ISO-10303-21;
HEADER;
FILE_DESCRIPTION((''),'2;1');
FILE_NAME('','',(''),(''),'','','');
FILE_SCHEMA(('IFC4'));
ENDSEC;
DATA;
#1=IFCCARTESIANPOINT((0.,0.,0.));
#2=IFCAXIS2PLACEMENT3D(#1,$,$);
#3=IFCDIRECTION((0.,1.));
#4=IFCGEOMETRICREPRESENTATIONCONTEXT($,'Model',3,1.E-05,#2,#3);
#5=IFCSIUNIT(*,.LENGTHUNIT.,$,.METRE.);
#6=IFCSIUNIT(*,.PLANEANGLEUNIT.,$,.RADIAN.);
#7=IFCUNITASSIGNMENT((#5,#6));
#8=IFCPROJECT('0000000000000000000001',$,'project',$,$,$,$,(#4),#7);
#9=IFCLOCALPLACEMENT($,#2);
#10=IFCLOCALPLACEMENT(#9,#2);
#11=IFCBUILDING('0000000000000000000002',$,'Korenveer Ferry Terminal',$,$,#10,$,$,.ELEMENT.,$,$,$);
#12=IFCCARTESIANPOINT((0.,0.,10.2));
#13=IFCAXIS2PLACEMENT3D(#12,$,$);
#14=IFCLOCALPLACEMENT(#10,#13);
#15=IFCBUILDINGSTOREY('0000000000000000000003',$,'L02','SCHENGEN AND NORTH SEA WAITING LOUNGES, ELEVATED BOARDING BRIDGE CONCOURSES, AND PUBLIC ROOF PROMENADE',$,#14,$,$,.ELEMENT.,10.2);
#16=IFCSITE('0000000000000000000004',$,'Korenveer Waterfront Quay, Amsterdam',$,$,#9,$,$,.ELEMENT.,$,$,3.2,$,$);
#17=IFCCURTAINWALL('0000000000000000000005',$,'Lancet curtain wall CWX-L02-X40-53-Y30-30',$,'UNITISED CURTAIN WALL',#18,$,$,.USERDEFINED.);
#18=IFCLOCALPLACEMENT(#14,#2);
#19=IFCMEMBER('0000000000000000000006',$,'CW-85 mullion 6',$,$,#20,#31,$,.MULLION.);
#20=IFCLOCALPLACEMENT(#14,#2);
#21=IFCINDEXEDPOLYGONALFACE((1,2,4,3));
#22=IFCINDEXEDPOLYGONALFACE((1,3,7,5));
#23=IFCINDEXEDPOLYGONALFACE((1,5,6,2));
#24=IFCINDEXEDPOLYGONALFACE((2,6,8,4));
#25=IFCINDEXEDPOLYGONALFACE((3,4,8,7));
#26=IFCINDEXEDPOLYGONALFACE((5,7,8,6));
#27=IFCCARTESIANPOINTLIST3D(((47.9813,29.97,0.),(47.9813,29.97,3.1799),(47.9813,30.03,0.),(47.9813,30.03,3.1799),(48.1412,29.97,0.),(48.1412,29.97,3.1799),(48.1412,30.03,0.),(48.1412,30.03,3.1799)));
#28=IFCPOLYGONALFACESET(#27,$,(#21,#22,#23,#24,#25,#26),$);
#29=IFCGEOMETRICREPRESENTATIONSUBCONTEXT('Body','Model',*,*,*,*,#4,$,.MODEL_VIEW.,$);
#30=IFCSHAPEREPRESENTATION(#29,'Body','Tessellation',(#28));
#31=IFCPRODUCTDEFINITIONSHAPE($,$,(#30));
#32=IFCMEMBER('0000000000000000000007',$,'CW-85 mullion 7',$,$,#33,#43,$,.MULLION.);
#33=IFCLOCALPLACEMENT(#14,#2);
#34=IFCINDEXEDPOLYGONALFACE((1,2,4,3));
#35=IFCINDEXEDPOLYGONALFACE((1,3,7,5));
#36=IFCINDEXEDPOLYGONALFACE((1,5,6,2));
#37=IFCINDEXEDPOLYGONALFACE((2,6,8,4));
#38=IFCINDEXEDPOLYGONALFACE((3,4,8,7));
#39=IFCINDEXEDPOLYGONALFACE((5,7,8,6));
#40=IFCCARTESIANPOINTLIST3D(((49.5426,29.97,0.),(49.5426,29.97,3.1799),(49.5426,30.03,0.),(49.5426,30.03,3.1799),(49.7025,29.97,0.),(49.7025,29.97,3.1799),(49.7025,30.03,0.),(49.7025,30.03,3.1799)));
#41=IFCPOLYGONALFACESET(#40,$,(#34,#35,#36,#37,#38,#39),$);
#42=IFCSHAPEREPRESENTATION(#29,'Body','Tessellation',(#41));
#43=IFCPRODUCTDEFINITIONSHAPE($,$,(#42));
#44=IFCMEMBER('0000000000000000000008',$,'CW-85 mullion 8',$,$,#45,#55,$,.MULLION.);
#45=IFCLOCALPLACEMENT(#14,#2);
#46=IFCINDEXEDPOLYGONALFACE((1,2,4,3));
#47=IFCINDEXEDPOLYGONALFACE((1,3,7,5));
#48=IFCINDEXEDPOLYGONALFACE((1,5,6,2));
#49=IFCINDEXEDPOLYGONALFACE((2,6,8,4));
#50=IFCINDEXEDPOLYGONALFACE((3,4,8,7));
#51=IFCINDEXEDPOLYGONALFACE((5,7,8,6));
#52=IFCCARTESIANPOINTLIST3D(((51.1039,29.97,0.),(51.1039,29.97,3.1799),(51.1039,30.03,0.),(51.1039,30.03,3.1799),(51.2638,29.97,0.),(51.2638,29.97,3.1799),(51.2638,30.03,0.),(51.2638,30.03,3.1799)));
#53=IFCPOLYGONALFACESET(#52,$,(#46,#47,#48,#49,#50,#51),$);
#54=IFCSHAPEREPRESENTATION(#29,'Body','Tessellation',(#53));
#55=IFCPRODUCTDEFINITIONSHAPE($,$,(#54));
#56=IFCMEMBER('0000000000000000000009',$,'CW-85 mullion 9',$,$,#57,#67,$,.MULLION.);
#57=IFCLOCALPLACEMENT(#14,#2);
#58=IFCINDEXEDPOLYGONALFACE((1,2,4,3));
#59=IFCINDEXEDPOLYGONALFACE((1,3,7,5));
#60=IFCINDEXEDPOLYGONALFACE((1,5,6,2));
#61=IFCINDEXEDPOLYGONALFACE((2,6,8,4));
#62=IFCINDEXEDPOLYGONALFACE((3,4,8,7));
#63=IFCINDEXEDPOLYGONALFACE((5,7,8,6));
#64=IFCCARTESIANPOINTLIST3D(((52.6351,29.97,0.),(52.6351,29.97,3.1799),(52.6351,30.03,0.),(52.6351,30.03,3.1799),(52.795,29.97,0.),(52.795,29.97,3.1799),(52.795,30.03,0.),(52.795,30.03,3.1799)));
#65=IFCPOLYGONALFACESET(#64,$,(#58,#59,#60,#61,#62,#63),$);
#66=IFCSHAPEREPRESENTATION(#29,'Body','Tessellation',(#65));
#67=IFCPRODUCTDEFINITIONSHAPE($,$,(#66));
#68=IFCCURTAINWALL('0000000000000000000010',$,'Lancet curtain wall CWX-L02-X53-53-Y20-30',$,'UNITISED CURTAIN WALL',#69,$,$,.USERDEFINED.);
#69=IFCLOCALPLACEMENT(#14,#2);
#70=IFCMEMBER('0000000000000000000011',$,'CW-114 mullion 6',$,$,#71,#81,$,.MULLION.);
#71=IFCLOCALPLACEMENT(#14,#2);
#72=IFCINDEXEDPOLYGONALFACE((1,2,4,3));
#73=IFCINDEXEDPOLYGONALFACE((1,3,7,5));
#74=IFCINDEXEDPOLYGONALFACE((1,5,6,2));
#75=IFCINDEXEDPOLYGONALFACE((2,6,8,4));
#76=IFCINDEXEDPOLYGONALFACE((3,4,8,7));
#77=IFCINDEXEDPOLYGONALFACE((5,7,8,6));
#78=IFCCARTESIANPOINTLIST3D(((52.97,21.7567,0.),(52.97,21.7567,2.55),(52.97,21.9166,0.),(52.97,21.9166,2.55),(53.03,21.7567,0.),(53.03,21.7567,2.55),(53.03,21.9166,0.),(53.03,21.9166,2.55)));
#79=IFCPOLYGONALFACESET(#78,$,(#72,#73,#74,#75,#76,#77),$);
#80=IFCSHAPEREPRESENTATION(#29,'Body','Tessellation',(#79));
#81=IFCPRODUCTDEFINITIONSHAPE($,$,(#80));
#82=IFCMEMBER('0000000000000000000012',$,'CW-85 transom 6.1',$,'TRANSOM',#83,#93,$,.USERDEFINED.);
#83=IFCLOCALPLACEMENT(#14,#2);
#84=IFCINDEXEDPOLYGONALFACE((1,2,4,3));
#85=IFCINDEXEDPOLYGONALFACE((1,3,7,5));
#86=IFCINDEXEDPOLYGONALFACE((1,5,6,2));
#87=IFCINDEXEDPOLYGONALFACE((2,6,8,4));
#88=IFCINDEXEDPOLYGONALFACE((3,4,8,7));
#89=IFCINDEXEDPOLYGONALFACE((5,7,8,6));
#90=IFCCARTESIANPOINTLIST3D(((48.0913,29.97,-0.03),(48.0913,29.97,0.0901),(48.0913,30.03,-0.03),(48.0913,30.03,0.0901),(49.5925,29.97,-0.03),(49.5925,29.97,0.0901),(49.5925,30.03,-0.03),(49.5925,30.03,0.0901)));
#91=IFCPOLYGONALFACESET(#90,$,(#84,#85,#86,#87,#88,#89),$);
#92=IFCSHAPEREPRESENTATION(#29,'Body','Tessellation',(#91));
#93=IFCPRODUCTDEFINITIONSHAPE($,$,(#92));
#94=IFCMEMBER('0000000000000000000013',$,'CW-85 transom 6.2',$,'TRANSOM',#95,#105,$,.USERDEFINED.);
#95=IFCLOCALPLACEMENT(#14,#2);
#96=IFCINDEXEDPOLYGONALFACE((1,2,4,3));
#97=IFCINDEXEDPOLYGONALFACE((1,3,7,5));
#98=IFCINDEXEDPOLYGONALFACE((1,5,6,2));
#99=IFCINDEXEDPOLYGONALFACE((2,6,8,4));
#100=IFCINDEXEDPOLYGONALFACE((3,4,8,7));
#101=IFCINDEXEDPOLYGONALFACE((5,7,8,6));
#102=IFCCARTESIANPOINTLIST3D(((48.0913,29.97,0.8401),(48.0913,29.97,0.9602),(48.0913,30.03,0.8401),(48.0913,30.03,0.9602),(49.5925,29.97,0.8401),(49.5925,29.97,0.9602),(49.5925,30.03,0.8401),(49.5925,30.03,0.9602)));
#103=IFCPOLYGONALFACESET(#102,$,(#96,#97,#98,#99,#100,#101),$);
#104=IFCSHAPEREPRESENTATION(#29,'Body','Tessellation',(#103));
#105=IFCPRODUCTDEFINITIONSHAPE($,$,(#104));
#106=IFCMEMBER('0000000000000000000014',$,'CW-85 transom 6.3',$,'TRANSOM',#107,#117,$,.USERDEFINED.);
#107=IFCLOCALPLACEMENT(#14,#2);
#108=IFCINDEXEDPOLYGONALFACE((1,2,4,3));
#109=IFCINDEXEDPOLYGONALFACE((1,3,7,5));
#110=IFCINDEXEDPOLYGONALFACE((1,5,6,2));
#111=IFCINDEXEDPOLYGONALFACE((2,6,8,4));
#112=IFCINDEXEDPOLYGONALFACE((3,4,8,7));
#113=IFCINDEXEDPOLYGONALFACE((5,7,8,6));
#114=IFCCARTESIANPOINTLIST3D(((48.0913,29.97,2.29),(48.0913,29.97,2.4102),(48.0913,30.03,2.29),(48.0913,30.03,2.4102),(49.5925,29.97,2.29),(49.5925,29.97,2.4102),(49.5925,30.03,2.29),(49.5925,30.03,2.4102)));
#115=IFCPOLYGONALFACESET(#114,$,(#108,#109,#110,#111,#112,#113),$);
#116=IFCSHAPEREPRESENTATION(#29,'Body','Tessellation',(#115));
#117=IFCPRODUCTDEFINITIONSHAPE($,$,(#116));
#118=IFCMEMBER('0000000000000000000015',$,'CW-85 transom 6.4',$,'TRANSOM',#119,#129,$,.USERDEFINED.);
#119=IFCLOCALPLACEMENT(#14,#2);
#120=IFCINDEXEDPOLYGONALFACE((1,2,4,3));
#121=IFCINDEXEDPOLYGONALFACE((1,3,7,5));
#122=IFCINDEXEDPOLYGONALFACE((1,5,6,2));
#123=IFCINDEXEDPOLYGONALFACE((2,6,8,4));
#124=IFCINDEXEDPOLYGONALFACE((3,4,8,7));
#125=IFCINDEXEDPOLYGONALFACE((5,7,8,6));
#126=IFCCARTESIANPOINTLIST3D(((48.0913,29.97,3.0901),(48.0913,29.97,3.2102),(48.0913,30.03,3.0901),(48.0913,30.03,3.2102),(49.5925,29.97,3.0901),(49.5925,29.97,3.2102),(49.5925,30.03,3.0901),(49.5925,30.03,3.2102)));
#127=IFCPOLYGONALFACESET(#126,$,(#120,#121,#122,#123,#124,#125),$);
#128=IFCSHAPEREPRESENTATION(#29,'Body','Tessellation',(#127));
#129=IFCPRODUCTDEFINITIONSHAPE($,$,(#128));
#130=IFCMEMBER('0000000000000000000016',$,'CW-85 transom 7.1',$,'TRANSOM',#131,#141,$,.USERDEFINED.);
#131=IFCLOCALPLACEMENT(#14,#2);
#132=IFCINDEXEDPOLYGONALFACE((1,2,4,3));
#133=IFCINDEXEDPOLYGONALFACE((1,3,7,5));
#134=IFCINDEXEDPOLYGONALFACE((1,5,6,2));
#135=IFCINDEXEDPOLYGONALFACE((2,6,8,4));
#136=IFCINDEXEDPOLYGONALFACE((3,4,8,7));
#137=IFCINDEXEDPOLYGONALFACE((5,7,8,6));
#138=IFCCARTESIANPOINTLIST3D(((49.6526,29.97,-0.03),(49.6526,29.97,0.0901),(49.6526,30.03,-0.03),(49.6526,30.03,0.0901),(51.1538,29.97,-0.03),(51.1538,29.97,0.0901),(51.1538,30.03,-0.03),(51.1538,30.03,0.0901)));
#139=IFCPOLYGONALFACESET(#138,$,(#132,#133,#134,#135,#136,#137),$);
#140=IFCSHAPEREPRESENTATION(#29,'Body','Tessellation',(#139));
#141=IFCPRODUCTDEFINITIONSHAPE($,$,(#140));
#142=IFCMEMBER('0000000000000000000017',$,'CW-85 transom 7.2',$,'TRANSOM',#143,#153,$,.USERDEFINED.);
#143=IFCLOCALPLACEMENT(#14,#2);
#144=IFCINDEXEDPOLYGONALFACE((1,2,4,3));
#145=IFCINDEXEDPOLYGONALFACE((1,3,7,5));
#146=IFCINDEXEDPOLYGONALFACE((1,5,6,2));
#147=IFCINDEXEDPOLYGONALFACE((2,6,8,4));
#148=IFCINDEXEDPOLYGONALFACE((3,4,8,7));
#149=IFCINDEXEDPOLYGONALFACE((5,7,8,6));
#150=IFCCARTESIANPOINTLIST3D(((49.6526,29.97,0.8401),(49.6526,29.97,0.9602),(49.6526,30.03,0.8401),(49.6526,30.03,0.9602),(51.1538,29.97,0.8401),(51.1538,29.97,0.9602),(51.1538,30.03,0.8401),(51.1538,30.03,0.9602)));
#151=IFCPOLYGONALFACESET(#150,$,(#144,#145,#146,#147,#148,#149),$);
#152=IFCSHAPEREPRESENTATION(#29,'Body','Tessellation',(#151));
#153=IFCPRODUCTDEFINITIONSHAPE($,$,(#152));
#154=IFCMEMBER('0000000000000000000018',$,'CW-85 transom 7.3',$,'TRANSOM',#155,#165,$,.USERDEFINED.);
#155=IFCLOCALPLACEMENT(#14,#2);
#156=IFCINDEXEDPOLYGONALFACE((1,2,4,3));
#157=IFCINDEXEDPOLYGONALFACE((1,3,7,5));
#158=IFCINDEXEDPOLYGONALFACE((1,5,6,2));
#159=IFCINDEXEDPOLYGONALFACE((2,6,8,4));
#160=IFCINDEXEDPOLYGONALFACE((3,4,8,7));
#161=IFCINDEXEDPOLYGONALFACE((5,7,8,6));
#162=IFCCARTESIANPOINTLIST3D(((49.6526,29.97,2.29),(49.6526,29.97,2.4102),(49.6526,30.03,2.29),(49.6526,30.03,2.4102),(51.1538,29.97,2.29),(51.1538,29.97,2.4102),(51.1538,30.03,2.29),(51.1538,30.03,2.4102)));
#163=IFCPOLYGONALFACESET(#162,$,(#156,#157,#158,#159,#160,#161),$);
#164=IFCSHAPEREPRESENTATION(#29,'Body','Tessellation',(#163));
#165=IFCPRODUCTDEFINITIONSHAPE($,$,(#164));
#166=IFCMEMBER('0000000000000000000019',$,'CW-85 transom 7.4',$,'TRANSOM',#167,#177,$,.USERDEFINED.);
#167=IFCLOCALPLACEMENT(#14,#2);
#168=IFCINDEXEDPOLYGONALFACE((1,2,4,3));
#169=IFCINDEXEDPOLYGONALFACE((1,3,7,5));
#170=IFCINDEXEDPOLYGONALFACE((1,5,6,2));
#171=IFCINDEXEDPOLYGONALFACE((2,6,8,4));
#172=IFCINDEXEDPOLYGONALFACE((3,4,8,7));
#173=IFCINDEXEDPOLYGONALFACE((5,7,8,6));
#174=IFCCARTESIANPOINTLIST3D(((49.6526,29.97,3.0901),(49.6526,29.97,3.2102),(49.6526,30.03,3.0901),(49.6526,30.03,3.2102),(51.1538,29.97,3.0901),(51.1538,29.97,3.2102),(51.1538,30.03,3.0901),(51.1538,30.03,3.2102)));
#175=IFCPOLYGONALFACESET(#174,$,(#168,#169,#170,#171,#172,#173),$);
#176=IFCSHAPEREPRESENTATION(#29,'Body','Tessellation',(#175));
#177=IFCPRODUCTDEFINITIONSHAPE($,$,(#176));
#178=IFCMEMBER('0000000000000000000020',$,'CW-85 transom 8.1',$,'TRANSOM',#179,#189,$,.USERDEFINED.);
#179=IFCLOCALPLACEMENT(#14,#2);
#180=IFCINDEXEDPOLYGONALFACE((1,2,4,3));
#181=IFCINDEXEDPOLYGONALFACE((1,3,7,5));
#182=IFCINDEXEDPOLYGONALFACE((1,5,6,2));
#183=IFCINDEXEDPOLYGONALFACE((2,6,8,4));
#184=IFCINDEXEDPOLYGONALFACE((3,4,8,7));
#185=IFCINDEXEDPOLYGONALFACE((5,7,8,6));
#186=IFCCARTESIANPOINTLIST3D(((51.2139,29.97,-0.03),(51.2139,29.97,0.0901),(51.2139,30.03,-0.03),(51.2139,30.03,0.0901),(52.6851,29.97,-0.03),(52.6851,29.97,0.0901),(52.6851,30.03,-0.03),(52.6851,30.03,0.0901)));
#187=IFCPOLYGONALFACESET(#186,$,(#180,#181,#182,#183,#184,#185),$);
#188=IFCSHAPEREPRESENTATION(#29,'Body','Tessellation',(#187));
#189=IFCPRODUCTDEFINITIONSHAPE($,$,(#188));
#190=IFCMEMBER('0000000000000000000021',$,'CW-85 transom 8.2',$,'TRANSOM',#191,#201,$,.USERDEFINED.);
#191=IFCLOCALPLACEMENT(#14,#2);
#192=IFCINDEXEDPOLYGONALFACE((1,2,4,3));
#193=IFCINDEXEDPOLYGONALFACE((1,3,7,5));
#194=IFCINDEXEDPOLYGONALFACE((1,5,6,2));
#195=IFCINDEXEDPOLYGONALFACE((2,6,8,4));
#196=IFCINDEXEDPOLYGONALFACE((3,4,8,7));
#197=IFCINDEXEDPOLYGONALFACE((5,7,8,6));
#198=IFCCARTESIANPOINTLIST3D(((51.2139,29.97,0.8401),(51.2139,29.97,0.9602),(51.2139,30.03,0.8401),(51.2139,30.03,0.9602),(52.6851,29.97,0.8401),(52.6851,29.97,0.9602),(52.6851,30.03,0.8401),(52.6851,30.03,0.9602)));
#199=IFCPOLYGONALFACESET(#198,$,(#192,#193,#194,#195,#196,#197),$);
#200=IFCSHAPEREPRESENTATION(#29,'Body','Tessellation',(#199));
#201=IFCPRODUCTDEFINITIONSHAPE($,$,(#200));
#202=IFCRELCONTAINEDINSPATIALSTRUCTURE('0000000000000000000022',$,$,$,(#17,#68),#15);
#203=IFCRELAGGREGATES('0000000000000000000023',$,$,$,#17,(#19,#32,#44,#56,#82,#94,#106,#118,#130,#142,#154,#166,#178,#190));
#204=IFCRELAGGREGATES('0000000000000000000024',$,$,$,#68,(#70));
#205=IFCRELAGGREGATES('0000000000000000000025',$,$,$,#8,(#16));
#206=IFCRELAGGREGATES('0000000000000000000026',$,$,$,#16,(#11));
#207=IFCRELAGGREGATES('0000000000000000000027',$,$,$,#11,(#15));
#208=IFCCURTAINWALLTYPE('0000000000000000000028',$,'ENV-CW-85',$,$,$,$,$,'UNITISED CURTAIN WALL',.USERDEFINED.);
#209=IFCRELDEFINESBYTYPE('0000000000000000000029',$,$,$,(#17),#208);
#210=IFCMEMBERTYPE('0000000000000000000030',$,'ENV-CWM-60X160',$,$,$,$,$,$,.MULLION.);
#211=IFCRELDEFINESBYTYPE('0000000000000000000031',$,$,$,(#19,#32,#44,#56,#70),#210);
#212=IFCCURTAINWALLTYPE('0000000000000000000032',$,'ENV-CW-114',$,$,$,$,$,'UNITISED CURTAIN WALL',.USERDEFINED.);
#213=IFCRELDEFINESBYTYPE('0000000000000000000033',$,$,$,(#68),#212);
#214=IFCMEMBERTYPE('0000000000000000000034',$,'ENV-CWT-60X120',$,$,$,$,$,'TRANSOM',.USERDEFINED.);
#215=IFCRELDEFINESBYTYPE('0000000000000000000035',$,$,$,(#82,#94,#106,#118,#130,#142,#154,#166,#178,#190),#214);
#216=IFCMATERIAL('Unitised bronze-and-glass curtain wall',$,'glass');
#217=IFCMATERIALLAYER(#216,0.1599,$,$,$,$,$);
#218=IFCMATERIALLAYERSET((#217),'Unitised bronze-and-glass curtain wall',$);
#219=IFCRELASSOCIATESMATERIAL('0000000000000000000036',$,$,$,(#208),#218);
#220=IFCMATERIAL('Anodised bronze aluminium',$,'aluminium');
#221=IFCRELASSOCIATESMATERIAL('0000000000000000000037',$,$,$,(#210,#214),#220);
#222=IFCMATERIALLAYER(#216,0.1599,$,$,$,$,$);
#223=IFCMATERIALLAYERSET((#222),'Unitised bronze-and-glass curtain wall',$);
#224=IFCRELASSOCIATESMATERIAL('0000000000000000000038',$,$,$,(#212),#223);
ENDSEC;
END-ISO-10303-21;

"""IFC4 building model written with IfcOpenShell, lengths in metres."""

from ifc_helpers import new_model, si_unit, direction, frame, origin, origin_2d, place, context, subcontext, project, spatial, rectangle, extrude, material, layer, layer_set, material_profile, profile_set, type_object, element, aggregate, save


model = new_model("IFC4")

# Units and contexts
model_context = context("Model", 3, precision=1e-05, world=origin(), true_north=direction((0.0, 1.0)))
body_context = subcontext(model_context, "Body", "Model", "MODEL_VIEW")
ifc_project = project(units=[si_unit("LENGTHUNIT", "METRE"), si_unit("PLANEANGLEUNIT", "RADIAN")], contexts=[model_context])

# Site, building, storey
site_placement = place(None, origin())
site = spatial("IfcSite", under=ifc_project, at=site_placement, Name="Korenveer Waterfront Quay, Amsterdam", CompositionType="ELEMENT", RefElevation=3.2)
building_placement = place(site_placement, origin())
building = spatial("IfcBuilding", under=site, at=building_placement, Name="Korenveer Ferry Terminal", CompositionType="ELEMENT")
storey_placement = place(building_placement, frame((0.0, 0.0, 10.2)))
storey = spatial("IfcBuildingStorey", under=building, at=storey_placement, Name="L02", Description="SCHENGEN AND NORTH SEA WAITING LOUNGES, ELEVATED BOARDING BRIDGE CONCOURSES, AND PUBLIC ROOF PROMENADE", CompositionType="ELEMENT", Elevation=10.2)

# Curtain wall, members
ifc_material_1 = material(Name="Unitised bronze-and-glass curtain wall", Category="glass")
ifc_layer_1 = layer(ifc_material_1, 0.1599)
ifc_layer_set_1 = layer_set([ifc_layer_1], Name="Unitised bronze-and-glass curtain wall")
curtain_wall_type_1 = type_object("IfcCurtainWallType", Name="ENV-CW-85", ElementType="UNITISED CURTAIN WALL", PredefinedType="USERDEFINED", material=ifc_layer_set_1)
curtain_wall_1_placement = place(storey_placement, frame((40.2549, 30.0, 0.0)))
curtain_wall_1 = element("IfcCurtainWall", 1, at=curtain_wall_1_placement, inside=storey, type_object=curtain_wall_type_1, Name="Lancet curtain wall CWX-L02-X40-53-Y30-30", ObjectType="UNITISED CURTAIN WALL", PredefinedType="USERDEFINED")
ifc_material_2 = material(Name="Anodised bronze aluminium", Category="aluminium")
ifc_material_profile_1 = material_profile(ifc_material_2, rectangle(XDim=0.0601, YDim=0.1599, at=origin_2d()), Name="ALU 60x160")
ifc_profile_set_1 = profile_set([ifc_material_profile_1], Name="Anodised bronze aluminium")
member_type_1 = type_object("IfcMemberType", Name="ENV-CWM-60X160", PredefinedType="MULLION", material=ifc_profile_set_1)
member_1_placement = place(storey_placement, frame((48.0613, 30.0, 0.0), z_axis=(0.0, 0.0, 1.0), x_axis=(0.0, 1.0, 0.0)))
member_1 = element("IfcMember", 2, at=member_1_placement, type_object=member_type_1, Name="CW-85 mullion 6", PredefinedType="MULLION", context=body_context, shape_type="SweptSolid", body=[
    extrude(rectangle(XDim=0.0601, YDim=0.1599, at=origin_2d()), origin(), (0.0, 0.0, 1.0), 3.1799),
])
member_2_placement = place(storey_placement, frame((49.6226, 30.0, 0.0), z_axis=(0.0, 0.0, 1.0), x_axis=(0.0, 1.0, 0.0)))
member_2 = element("IfcMember", 3, at=member_2_placement, type_object=member_type_1, Name="CW-85 mullion 7", PredefinedType="MULLION", context=body_context, shape_type="SweptSolid", body=[
    extrude(rectangle(XDim=0.0601, YDim=0.1599, at=origin_2d()), origin(), (0.0, 0.0, 1.0), 3.1799),
])
member_3_placement = place(storey_placement, frame((51.1838, 30.0, 0.0), z_axis=(0.0, 0.0, 1.0), x_axis=(0.0, 1.0, 0.0)))
member_3 = element("IfcMember", 4, at=member_3_placement, type_object=member_type_1, Name="CW-85 mullion 8", PredefinedType="MULLION", context=body_context, shape_type="SweptSolid", body=[
    extrude(rectangle(XDim=0.0601, YDim=0.1599, at=origin_2d()), origin(), (0.0, 0.0, 1.0), 3.1799),
])
member_4_placement = place(storey_placement, frame((52.7151, 30.0, 0.0), z_axis=(0.0, 0.0, 1.0), x_axis=(0.0, 1.0, 0.0)))
member_4 = element("IfcMember", 5, at=member_4_placement, type_object=member_type_1, Name="CW-85 mullion 9", PredefinedType="MULLION", context=body_context, shape_type="SweptSolid", body=[
    extrude(rectangle(XDim=0.0601, YDim=0.1599, at=origin_2d()), origin(), (0.0, 0.0, 1.0), 3.1799),
])

# Curtain wall, member
ifc_layer_2 = layer(ifc_material_1, 0.1599)
ifc_layer_set_2 = layer_set([ifc_layer_2], Name="Unitised bronze-and-glass curtain wall")
curtain_wall_type_2 = type_object("IfcCurtainWallType", Name="ENV-CW-114", ElementType="UNITISED CURTAIN WALL", PredefinedType="USERDEFINED", material=ifc_layer_set_2)
curtain_wall_2_placement = place(storey_placement, frame((53.0, 29.7451, 0.0)))
curtain_wall_2 = element("IfcCurtainWall", 6, at=curtain_wall_2_placement, inside=storey, type_object=curtain_wall_type_2, Name="Lancet curtain wall CWX-L02-X53-53-Y20-30", ObjectType="UNITISED CURTAIN WALL", PredefinedType="USERDEFINED")
member_5_placement = place(storey_placement, frame((53.0, 21.8367, 0.0), z_axis=(0.0, 0.0, 1.0), x_axis=(1.0, 0.0, 0.0)))
member_5 = element("IfcMember", 7, at=member_5_placement, type_object=member_type_1, Name="CW-114 mullion 6", PredefinedType="MULLION", context=body_context, shape_type="SweptSolid", body=[
    extrude(rectangle(XDim=0.0601, YDim=0.1599, at=origin_2d()), origin(), (0.0, 0.0, 1.0), 2.55),
])

# Members
ifc_material_profile_2 = material_profile(ifc_material_2, rectangle(XDim=0.0601, YDim=0.1201, at=origin_2d()), Name="ALU 60x120")
ifc_profile_set_2 = profile_set([ifc_material_profile_2], Name="Anodised bronze aluminium")
member_type_2 = type_object("IfcMemberType", Name="ENV-CWT-60X120", ElementType="TRANSOM", PredefinedType="USERDEFINED", material=ifc_profile_set_2)
member_6_placement = place(storey_placement, frame((48.0913, 30.0, 0.03), z_axis=(1.0, 0.0, 0.0), x_axis=(0.0, 1.0, 0.0)))
member_6 = element("IfcMember", 8, at=member_6_placement, type_object=member_type_2, Name="CW-85 transom 6.1", ObjectType="TRANSOM", PredefinedType="USERDEFINED", context=body_context, shape_type="SweptSolid", body=[
    extrude(rectangle(XDim=0.0601, YDim=0.1201, at=origin_2d()), origin(), (0.0, 0.0, 1.0), 1.5012),
])
member_7_placement = place(storey_placement, frame((48.0913, 30.0, 0.9001), z_axis=(1.0, 0.0, 0.0), x_axis=(0.0, 1.0, 0.0)))
member_7 = element("IfcMember", 9, at=member_7_placement, type_object=member_type_2, Name="CW-85 transom 6.2", ObjectType="TRANSOM", PredefinedType="USERDEFINED", context=body_context, shape_type="SweptSolid", body=[
    extrude(rectangle(XDim=0.0601, YDim=0.1201, at=origin_2d()), origin(), (0.0, 0.0, 1.0), 1.5012),
])
member_8_placement = place(storey_placement, frame((48.0913, 30.0, 2.3501), z_axis=(1.0, 0.0, 0.0), x_axis=(0.0, 1.0, 0.0)))
member_8 = element("IfcMember", 10, at=member_8_placement, type_object=member_type_2, Name="CW-85 transom 6.3", ObjectType="TRANSOM", PredefinedType="USERDEFINED", context=body_context, shape_type="SweptSolid", body=[
    extrude(rectangle(XDim=0.0601, YDim=0.1201, at=origin_2d()), origin(), (0.0, 0.0, 1.0), 1.5012),
])
member_9_placement = place(storey_placement, frame((48.0913, 30.0, 3.1501), z_axis=(1.0, 0.0, 0.0), x_axis=(0.0, 1.0, 0.0)))
member_9 = element("IfcMember", 11, at=member_9_placement, type_object=member_type_2, Name="CW-85 transom 6.4", ObjectType="TRANSOM", PredefinedType="USERDEFINED", context=body_context, shape_type="SweptSolid", body=[
    extrude(rectangle(XDim=0.0601, YDim=0.1201, at=origin_2d()), origin(), (0.0, 0.0, 1.0), 1.5012),
])
member_10_placement = place(storey_placement, frame((49.6526, 30.0, 0.03), z_axis=(1.0, 0.0, 0.0), x_axis=(0.0, 1.0, 0.0)))
member_10 = element("IfcMember", 12, at=member_10_placement, type_object=member_type_2, Name="CW-85 transom 7.1", ObjectType="TRANSOM", PredefinedType="USERDEFINED", context=body_context, shape_type="SweptSolid", body=[
    extrude(rectangle(XDim=0.0601, YDim=0.1201, at=origin_2d()), origin(), (0.0, 0.0, 1.0), 1.5012),
])
member_11_placement = place(storey_placement, frame((49.6526, 30.0, 0.9001), z_axis=(1.0, 0.0, 0.0), x_axis=(0.0, 1.0, 0.0)))
member_11 = element("IfcMember", 13, at=member_11_placement, type_object=member_type_2, Name="CW-85 transom 7.2", ObjectType="TRANSOM", PredefinedType="USERDEFINED", context=body_context, shape_type="SweptSolid", body=[
    extrude(rectangle(XDim=0.0601, YDim=0.1201, at=origin_2d()), origin(), (0.0, 0.0, 1.0), 1.5012),
])
member_12_placement = place(storey_placement, frame((49.6526, 30.0, 2.3501), z_axis=(1.0, 0.0, 0.0), x_axis=(0.0, 1.0, 0.0)))
member_12 = element("IfcMember", 14, at=member_12_placement, type_object=member_type_2, Name="CW-85 transom 7.3", ObjectType="TRANSOM", PredefinedType="USERDEFINED", context=body_context, shape_type="SweptSolid", body=[
    extrude(rectangle(XDim=0.0601, YDim=0.1201, at=origin_2d()), origin(), (0.0, 0.0, 1.0), 1.5012),
])
member_13_placement = place(storey_placement, frame((49.6526, 30.0, 3.1501), z_axis=(1.0, 0.0, 0.0), x_axis=(0.0, 1.0, 0.0)))
member_13 = element("IfcMember", 15, at=member_13_placement, type_object=member_type_2, Name="CW-85 transom 7.4", ObjectType="TRANSOM", PredefinedType="USERDEFINED", context=body_context, shape_type="SweptSolid", body=[
    extrude(rectangle(XDim=0.0601, YDim=0.1201, at=origin_2d()), origin(), (0.0, 0.0, 1.0), 1.5012),
])
member_14_placement = place(storey_placement, frame((51.2139, 30.0, 0.03), z_axis=(1.0, 0.0, 0.0), x_axis=(0.0, 1.0, 0.0)))
member_14 = element("IfcMember", 16, at=member_14_placement, type_object=member_type_2, Name="CW-85 transom 8.1", ObjectType="TRANSOM", PredefinedType="USERDEFINED", context=body_context, shape_type="SweptSolid", body=[
    extrude(rectangle(XDim=0.0601, YDim=0.1201, at=origin_2d()), origin(), (0.0, 0.0, 1.0), 1.4712),
])
member_15_placement = place(storey_placement, frame((51.2139, 30.0, 0.9001), z_axis=(1.0, 0.0, 0.0), x_axis=(0.0, 1.0, 0.0)))
member_15 = element("IfcMember", 17, at=member_15_placement, type_object=member_type_2, Name="CW-85 transom 8.2", ObjectType="TRANSOM", PredefinedType="USERDEFINED", context=body_context, shape_type="SweptSolid", body=[
    extrude(rectangle(XDim=0.0601, YDim=0.1201, at=origin_2d()), origin(), (0.0, 0.0, 1.0), 1.4712),
])

aggregate(curtain_wall_1, [member_1, member_2, member_3, member_4, member_6, member_7, member_8, member_9, member_10, member_11, member_12, member_13, member_14, member_15])
aggregate(curtain_wall_2, [member_5])

save(model, "model.ifc")
